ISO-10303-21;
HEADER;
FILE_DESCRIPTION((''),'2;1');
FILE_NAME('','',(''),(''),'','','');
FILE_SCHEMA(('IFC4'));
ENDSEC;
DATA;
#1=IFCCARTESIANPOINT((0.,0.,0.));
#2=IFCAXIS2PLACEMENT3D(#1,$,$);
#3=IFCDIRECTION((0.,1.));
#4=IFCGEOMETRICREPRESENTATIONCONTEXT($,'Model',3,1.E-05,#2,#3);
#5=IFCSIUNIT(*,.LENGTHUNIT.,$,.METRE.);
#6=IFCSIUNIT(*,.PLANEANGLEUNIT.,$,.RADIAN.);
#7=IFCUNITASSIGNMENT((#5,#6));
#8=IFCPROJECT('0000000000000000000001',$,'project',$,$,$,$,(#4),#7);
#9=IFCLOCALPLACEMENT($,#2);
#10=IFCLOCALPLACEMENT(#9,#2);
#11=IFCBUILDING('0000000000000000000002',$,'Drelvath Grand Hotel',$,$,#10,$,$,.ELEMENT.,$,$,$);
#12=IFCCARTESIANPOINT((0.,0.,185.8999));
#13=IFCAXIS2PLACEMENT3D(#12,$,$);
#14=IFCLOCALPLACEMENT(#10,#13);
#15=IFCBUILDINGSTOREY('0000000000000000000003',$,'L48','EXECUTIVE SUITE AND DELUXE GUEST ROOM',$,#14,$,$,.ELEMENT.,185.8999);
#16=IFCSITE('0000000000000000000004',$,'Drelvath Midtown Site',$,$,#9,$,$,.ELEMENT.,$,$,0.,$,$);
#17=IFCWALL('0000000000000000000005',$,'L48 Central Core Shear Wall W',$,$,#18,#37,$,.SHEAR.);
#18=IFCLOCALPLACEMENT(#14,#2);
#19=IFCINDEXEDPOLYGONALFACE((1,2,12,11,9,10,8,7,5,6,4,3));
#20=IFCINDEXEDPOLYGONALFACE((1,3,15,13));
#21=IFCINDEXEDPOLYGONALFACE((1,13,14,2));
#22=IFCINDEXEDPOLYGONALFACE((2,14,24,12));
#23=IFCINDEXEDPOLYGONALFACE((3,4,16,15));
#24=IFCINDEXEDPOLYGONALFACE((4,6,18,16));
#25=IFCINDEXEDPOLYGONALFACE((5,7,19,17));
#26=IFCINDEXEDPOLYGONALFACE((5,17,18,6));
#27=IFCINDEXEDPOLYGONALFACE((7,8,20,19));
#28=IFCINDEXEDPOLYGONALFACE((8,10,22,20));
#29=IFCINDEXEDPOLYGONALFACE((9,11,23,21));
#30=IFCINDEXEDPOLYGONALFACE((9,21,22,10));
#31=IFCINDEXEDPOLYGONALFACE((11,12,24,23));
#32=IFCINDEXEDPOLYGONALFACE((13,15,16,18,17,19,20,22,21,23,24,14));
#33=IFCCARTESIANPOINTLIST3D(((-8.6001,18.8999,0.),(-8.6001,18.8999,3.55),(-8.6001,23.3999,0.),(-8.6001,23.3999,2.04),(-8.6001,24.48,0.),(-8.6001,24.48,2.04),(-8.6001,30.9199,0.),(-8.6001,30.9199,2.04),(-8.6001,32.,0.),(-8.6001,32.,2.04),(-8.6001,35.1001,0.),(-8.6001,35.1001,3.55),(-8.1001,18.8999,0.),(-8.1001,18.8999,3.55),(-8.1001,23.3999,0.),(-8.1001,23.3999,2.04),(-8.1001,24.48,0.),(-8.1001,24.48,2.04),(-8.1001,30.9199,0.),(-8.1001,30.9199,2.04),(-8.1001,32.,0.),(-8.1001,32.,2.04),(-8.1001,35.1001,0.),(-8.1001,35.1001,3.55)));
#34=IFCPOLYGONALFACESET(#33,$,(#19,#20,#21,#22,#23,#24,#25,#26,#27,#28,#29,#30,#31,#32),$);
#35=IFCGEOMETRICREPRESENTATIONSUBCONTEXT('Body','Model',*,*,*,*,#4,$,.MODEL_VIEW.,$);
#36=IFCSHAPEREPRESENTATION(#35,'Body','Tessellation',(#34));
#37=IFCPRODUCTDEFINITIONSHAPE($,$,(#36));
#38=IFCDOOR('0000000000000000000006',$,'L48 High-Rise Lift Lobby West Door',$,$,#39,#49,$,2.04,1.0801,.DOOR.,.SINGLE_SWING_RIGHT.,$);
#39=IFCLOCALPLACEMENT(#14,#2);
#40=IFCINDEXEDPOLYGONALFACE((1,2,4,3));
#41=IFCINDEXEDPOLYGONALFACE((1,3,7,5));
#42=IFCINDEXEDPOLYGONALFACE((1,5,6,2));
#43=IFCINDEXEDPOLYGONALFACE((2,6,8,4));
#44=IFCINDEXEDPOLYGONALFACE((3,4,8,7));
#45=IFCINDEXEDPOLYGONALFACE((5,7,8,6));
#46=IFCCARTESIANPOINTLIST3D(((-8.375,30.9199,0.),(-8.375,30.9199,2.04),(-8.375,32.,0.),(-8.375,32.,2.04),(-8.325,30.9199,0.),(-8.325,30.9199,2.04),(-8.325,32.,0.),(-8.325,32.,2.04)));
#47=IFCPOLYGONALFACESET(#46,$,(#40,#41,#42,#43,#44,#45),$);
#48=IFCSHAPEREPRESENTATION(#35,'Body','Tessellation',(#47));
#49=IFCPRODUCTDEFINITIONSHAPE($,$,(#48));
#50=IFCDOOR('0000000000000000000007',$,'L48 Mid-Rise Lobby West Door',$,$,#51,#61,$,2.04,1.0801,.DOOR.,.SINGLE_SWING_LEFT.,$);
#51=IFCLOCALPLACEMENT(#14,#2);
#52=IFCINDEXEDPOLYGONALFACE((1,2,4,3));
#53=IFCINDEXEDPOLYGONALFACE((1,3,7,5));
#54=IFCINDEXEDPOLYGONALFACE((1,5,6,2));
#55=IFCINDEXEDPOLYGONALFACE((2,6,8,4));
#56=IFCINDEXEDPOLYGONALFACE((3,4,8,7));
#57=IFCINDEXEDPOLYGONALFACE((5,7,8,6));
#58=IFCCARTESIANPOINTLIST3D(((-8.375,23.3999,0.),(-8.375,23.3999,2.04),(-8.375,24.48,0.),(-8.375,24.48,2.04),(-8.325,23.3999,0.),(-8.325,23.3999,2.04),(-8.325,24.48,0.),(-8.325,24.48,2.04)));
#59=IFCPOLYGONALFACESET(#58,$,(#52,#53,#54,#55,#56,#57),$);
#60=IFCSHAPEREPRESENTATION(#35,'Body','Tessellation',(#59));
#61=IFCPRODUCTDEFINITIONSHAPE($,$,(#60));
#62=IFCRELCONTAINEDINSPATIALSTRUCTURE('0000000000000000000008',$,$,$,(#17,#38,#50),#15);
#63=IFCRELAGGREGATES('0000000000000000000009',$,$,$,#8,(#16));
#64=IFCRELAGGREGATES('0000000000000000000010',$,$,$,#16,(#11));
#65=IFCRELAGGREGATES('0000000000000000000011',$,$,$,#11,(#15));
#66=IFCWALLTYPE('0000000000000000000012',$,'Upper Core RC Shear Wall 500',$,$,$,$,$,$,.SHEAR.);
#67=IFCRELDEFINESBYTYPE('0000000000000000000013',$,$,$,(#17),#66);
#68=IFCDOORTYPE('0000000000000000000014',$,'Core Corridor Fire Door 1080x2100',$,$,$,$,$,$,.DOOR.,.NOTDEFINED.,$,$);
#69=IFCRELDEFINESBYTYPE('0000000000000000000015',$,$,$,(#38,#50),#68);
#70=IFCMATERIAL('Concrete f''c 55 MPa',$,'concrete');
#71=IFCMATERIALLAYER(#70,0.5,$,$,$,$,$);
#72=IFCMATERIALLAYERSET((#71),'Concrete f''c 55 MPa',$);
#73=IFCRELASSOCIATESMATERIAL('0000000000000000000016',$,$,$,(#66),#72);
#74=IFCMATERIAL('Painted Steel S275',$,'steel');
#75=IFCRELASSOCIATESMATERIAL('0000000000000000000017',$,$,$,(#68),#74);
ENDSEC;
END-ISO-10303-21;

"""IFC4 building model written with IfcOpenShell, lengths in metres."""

from ifc_helpers import new_model, si_unit, direction, frame, frame_2d, origin, place, context, subcontext, project, spatial, rectangle, extrude, material, layer, layer_set, type_object, element, fill, save


model = new_model("IFC4")

# Units and contexts
model_context = context("Model", 3, precision=1e-05, world=origin(), true_north=direction((0.0, 1.0)))
body_context = subcontext(model_context, "Body", "Model", "MODEL_VIEW")
ifc_project = project(units=[si_unit("LENGTHUNIT", "METRE"), si_unit("PLANEANGLEUNIT", "RADIAN")], contexts=[model_context])

# Site, building, storey
site_placement = place(None, origin())
site = spatial("IfcSite", under=ifc_project, at=site_placement, Name="Drelvath Midtown Site", CompositionType="ELEMENT", RefElevation=0.0)
building_placement = place(site_placement, origin())
building = spatial("IfcBuilding", under=site, at=building_placement, Name="Drelvath Grand Hotel", CompositionType="ELEMENT")
storey_placement = place(building_placement, frame((0.0, 0.0, 185.8999)))
storey = spatial("IfcBuildingStorey", under=building, at=storey_placement, Name="L48", Description="EXECUTIVE SUITE AND DELUXE GUEST ROOM", CompositionType="ELEMENT", Elevation=185.8999)

# Shared definitions
ifc_material_1 = material(Name="Painted Steel S275", Category="steel")

# Wall, openings, doors
ifc_material_2 = material(Name="Concrete f'c 55 MPa", Category="concrete")
ifc_layer_1 = layer(ifc_material_2, 0.5)
ifc_layer_set_1 = layer_set([ifc_layer_1], Name="Concrete f'c 55 MPa")
wall_type_1 = type_object("IfcWallType", Name="Upper Core RC Shear Wall 500", PredefinedType="SHEAR", material=ifc_layer_set_1)
wall_1_placement = place(storey_placement, frame((-8.3501, 18.8999, 0.0), z_axis=(0.0, 0.0, 1.0), x_axis=(0.0, 1.0, 0.0)))
wall_1 = element("IfcWall", 1, at=wall_1_placement, inside=storey, type_object=wall_type_1, Name="L48 Central Core Shear Wall W", PredefinedType="SHEAR", context=body_context, shape_type="SweptSolid", body=[
    extrude(rectangle(XDim=16.2002, YDim=0.5, at=frame_2d((8.1001, 0.0))), origin(), (0.0, 0.0, 1.0), 3.55),
])
opening_1_placement = place(wall_1_placement, frame((12.02, 0.0, 0.0)))
opening_1 = element("IfcOpeningElement", 2, at=opening_1_placement, cuts=wall_1, PredefinedType="OPENING", context=body_context, shape_type="SweptSolid", body=[
    extrude(rectangle(XDim=1.0801, YDim=2.04, at=frame_2d((0.54, 1.02))), frame((0.0, 0.26, 0.0), z_axis=(0.0, -1.0, 0.0), x_axis=(1.0, 0.0, 0.0)), (0.0, 0.0, 1.0), 0.52),
])
opening_2_placement = place(wall_1_placement, frame((4.5, 0.0, 0.0)))
opening_2 = element("IfcOpeningElement", 3, at=opening_2_placement, cuts=wall_1, PredefinedType="OPENING", context=body_context, shape_type="SweptSolid", body=[
    extrude(rectangle(XDim=1.0801, YDim=2.04, at=frame_2d((0.54, 1.02))), frame((0.0, 0.26, 0.0), z_axis=(0.0, -1.0, 0.0), x_axis=(1.0, 0.0, 0.0)), (0.0, 0.0, 1.0), 0.52),
])
door_type_1 = type_object("IfcDoorType", Name="Core Corridor Fire Door 1080x2100", OperationType="NOTDEFINED", PredefinedType="DOOR", material=ifc_material_1)
door_1_placement = place(opening_1_placement, origin())
door_1 = element("IfcDoor", 4, at=door_1_placement, inside=storey, type_object=door_type_1, Name="L48 High-Rise Lift Lobby West Door", OperationType="SINGLE_SWING_RIGHT", OverallHeight=2.04, OverallWidth=1.0801, PredefinedType="DOOR", context=body_context, shape_type="SweptSolid", body=[
    extrude(rectangle(XDim=1.0801, YDim=2.04, at=frame_2d((0.54, 1.02))), frame((0.0, 0.0249, 0.0), z_axis=(0.0, -1.0, 0.0), x_axis=(1.0, 0.0, 0.0)), (0.0, 0.0, 1.0), 0.05),
])
fill(opening_1, door_1)
door_2_placement = place(opening_2_placement, origin())
door_2 = element("IfcDoor", 5, at=door_2_placement, inside=storey, type_object=door_type_1, Name="L48 Mid-Rise Lobby West Door", OperationType="SINGLE_SWING_LEFT", OverallHeight=2.04, OverallWidth=1.0801, PredefinedType="DOOR", context=body_context, shape_type="SweptSolid", body=[
    extrude(rectangle(XDim=1.0801, YDim=2.04, at=frame_2d((0.54, 1.02))), frame((0.0, 0.0249, 0.0), z_axis=(0.0, -1.0, 0.0), x_axis=(1.0, 0.0, 0.0)), (0.0, 0.0, 1.0), 0.05),
])
fill(opening_2, door_2)

save(model, "model.ifc")
